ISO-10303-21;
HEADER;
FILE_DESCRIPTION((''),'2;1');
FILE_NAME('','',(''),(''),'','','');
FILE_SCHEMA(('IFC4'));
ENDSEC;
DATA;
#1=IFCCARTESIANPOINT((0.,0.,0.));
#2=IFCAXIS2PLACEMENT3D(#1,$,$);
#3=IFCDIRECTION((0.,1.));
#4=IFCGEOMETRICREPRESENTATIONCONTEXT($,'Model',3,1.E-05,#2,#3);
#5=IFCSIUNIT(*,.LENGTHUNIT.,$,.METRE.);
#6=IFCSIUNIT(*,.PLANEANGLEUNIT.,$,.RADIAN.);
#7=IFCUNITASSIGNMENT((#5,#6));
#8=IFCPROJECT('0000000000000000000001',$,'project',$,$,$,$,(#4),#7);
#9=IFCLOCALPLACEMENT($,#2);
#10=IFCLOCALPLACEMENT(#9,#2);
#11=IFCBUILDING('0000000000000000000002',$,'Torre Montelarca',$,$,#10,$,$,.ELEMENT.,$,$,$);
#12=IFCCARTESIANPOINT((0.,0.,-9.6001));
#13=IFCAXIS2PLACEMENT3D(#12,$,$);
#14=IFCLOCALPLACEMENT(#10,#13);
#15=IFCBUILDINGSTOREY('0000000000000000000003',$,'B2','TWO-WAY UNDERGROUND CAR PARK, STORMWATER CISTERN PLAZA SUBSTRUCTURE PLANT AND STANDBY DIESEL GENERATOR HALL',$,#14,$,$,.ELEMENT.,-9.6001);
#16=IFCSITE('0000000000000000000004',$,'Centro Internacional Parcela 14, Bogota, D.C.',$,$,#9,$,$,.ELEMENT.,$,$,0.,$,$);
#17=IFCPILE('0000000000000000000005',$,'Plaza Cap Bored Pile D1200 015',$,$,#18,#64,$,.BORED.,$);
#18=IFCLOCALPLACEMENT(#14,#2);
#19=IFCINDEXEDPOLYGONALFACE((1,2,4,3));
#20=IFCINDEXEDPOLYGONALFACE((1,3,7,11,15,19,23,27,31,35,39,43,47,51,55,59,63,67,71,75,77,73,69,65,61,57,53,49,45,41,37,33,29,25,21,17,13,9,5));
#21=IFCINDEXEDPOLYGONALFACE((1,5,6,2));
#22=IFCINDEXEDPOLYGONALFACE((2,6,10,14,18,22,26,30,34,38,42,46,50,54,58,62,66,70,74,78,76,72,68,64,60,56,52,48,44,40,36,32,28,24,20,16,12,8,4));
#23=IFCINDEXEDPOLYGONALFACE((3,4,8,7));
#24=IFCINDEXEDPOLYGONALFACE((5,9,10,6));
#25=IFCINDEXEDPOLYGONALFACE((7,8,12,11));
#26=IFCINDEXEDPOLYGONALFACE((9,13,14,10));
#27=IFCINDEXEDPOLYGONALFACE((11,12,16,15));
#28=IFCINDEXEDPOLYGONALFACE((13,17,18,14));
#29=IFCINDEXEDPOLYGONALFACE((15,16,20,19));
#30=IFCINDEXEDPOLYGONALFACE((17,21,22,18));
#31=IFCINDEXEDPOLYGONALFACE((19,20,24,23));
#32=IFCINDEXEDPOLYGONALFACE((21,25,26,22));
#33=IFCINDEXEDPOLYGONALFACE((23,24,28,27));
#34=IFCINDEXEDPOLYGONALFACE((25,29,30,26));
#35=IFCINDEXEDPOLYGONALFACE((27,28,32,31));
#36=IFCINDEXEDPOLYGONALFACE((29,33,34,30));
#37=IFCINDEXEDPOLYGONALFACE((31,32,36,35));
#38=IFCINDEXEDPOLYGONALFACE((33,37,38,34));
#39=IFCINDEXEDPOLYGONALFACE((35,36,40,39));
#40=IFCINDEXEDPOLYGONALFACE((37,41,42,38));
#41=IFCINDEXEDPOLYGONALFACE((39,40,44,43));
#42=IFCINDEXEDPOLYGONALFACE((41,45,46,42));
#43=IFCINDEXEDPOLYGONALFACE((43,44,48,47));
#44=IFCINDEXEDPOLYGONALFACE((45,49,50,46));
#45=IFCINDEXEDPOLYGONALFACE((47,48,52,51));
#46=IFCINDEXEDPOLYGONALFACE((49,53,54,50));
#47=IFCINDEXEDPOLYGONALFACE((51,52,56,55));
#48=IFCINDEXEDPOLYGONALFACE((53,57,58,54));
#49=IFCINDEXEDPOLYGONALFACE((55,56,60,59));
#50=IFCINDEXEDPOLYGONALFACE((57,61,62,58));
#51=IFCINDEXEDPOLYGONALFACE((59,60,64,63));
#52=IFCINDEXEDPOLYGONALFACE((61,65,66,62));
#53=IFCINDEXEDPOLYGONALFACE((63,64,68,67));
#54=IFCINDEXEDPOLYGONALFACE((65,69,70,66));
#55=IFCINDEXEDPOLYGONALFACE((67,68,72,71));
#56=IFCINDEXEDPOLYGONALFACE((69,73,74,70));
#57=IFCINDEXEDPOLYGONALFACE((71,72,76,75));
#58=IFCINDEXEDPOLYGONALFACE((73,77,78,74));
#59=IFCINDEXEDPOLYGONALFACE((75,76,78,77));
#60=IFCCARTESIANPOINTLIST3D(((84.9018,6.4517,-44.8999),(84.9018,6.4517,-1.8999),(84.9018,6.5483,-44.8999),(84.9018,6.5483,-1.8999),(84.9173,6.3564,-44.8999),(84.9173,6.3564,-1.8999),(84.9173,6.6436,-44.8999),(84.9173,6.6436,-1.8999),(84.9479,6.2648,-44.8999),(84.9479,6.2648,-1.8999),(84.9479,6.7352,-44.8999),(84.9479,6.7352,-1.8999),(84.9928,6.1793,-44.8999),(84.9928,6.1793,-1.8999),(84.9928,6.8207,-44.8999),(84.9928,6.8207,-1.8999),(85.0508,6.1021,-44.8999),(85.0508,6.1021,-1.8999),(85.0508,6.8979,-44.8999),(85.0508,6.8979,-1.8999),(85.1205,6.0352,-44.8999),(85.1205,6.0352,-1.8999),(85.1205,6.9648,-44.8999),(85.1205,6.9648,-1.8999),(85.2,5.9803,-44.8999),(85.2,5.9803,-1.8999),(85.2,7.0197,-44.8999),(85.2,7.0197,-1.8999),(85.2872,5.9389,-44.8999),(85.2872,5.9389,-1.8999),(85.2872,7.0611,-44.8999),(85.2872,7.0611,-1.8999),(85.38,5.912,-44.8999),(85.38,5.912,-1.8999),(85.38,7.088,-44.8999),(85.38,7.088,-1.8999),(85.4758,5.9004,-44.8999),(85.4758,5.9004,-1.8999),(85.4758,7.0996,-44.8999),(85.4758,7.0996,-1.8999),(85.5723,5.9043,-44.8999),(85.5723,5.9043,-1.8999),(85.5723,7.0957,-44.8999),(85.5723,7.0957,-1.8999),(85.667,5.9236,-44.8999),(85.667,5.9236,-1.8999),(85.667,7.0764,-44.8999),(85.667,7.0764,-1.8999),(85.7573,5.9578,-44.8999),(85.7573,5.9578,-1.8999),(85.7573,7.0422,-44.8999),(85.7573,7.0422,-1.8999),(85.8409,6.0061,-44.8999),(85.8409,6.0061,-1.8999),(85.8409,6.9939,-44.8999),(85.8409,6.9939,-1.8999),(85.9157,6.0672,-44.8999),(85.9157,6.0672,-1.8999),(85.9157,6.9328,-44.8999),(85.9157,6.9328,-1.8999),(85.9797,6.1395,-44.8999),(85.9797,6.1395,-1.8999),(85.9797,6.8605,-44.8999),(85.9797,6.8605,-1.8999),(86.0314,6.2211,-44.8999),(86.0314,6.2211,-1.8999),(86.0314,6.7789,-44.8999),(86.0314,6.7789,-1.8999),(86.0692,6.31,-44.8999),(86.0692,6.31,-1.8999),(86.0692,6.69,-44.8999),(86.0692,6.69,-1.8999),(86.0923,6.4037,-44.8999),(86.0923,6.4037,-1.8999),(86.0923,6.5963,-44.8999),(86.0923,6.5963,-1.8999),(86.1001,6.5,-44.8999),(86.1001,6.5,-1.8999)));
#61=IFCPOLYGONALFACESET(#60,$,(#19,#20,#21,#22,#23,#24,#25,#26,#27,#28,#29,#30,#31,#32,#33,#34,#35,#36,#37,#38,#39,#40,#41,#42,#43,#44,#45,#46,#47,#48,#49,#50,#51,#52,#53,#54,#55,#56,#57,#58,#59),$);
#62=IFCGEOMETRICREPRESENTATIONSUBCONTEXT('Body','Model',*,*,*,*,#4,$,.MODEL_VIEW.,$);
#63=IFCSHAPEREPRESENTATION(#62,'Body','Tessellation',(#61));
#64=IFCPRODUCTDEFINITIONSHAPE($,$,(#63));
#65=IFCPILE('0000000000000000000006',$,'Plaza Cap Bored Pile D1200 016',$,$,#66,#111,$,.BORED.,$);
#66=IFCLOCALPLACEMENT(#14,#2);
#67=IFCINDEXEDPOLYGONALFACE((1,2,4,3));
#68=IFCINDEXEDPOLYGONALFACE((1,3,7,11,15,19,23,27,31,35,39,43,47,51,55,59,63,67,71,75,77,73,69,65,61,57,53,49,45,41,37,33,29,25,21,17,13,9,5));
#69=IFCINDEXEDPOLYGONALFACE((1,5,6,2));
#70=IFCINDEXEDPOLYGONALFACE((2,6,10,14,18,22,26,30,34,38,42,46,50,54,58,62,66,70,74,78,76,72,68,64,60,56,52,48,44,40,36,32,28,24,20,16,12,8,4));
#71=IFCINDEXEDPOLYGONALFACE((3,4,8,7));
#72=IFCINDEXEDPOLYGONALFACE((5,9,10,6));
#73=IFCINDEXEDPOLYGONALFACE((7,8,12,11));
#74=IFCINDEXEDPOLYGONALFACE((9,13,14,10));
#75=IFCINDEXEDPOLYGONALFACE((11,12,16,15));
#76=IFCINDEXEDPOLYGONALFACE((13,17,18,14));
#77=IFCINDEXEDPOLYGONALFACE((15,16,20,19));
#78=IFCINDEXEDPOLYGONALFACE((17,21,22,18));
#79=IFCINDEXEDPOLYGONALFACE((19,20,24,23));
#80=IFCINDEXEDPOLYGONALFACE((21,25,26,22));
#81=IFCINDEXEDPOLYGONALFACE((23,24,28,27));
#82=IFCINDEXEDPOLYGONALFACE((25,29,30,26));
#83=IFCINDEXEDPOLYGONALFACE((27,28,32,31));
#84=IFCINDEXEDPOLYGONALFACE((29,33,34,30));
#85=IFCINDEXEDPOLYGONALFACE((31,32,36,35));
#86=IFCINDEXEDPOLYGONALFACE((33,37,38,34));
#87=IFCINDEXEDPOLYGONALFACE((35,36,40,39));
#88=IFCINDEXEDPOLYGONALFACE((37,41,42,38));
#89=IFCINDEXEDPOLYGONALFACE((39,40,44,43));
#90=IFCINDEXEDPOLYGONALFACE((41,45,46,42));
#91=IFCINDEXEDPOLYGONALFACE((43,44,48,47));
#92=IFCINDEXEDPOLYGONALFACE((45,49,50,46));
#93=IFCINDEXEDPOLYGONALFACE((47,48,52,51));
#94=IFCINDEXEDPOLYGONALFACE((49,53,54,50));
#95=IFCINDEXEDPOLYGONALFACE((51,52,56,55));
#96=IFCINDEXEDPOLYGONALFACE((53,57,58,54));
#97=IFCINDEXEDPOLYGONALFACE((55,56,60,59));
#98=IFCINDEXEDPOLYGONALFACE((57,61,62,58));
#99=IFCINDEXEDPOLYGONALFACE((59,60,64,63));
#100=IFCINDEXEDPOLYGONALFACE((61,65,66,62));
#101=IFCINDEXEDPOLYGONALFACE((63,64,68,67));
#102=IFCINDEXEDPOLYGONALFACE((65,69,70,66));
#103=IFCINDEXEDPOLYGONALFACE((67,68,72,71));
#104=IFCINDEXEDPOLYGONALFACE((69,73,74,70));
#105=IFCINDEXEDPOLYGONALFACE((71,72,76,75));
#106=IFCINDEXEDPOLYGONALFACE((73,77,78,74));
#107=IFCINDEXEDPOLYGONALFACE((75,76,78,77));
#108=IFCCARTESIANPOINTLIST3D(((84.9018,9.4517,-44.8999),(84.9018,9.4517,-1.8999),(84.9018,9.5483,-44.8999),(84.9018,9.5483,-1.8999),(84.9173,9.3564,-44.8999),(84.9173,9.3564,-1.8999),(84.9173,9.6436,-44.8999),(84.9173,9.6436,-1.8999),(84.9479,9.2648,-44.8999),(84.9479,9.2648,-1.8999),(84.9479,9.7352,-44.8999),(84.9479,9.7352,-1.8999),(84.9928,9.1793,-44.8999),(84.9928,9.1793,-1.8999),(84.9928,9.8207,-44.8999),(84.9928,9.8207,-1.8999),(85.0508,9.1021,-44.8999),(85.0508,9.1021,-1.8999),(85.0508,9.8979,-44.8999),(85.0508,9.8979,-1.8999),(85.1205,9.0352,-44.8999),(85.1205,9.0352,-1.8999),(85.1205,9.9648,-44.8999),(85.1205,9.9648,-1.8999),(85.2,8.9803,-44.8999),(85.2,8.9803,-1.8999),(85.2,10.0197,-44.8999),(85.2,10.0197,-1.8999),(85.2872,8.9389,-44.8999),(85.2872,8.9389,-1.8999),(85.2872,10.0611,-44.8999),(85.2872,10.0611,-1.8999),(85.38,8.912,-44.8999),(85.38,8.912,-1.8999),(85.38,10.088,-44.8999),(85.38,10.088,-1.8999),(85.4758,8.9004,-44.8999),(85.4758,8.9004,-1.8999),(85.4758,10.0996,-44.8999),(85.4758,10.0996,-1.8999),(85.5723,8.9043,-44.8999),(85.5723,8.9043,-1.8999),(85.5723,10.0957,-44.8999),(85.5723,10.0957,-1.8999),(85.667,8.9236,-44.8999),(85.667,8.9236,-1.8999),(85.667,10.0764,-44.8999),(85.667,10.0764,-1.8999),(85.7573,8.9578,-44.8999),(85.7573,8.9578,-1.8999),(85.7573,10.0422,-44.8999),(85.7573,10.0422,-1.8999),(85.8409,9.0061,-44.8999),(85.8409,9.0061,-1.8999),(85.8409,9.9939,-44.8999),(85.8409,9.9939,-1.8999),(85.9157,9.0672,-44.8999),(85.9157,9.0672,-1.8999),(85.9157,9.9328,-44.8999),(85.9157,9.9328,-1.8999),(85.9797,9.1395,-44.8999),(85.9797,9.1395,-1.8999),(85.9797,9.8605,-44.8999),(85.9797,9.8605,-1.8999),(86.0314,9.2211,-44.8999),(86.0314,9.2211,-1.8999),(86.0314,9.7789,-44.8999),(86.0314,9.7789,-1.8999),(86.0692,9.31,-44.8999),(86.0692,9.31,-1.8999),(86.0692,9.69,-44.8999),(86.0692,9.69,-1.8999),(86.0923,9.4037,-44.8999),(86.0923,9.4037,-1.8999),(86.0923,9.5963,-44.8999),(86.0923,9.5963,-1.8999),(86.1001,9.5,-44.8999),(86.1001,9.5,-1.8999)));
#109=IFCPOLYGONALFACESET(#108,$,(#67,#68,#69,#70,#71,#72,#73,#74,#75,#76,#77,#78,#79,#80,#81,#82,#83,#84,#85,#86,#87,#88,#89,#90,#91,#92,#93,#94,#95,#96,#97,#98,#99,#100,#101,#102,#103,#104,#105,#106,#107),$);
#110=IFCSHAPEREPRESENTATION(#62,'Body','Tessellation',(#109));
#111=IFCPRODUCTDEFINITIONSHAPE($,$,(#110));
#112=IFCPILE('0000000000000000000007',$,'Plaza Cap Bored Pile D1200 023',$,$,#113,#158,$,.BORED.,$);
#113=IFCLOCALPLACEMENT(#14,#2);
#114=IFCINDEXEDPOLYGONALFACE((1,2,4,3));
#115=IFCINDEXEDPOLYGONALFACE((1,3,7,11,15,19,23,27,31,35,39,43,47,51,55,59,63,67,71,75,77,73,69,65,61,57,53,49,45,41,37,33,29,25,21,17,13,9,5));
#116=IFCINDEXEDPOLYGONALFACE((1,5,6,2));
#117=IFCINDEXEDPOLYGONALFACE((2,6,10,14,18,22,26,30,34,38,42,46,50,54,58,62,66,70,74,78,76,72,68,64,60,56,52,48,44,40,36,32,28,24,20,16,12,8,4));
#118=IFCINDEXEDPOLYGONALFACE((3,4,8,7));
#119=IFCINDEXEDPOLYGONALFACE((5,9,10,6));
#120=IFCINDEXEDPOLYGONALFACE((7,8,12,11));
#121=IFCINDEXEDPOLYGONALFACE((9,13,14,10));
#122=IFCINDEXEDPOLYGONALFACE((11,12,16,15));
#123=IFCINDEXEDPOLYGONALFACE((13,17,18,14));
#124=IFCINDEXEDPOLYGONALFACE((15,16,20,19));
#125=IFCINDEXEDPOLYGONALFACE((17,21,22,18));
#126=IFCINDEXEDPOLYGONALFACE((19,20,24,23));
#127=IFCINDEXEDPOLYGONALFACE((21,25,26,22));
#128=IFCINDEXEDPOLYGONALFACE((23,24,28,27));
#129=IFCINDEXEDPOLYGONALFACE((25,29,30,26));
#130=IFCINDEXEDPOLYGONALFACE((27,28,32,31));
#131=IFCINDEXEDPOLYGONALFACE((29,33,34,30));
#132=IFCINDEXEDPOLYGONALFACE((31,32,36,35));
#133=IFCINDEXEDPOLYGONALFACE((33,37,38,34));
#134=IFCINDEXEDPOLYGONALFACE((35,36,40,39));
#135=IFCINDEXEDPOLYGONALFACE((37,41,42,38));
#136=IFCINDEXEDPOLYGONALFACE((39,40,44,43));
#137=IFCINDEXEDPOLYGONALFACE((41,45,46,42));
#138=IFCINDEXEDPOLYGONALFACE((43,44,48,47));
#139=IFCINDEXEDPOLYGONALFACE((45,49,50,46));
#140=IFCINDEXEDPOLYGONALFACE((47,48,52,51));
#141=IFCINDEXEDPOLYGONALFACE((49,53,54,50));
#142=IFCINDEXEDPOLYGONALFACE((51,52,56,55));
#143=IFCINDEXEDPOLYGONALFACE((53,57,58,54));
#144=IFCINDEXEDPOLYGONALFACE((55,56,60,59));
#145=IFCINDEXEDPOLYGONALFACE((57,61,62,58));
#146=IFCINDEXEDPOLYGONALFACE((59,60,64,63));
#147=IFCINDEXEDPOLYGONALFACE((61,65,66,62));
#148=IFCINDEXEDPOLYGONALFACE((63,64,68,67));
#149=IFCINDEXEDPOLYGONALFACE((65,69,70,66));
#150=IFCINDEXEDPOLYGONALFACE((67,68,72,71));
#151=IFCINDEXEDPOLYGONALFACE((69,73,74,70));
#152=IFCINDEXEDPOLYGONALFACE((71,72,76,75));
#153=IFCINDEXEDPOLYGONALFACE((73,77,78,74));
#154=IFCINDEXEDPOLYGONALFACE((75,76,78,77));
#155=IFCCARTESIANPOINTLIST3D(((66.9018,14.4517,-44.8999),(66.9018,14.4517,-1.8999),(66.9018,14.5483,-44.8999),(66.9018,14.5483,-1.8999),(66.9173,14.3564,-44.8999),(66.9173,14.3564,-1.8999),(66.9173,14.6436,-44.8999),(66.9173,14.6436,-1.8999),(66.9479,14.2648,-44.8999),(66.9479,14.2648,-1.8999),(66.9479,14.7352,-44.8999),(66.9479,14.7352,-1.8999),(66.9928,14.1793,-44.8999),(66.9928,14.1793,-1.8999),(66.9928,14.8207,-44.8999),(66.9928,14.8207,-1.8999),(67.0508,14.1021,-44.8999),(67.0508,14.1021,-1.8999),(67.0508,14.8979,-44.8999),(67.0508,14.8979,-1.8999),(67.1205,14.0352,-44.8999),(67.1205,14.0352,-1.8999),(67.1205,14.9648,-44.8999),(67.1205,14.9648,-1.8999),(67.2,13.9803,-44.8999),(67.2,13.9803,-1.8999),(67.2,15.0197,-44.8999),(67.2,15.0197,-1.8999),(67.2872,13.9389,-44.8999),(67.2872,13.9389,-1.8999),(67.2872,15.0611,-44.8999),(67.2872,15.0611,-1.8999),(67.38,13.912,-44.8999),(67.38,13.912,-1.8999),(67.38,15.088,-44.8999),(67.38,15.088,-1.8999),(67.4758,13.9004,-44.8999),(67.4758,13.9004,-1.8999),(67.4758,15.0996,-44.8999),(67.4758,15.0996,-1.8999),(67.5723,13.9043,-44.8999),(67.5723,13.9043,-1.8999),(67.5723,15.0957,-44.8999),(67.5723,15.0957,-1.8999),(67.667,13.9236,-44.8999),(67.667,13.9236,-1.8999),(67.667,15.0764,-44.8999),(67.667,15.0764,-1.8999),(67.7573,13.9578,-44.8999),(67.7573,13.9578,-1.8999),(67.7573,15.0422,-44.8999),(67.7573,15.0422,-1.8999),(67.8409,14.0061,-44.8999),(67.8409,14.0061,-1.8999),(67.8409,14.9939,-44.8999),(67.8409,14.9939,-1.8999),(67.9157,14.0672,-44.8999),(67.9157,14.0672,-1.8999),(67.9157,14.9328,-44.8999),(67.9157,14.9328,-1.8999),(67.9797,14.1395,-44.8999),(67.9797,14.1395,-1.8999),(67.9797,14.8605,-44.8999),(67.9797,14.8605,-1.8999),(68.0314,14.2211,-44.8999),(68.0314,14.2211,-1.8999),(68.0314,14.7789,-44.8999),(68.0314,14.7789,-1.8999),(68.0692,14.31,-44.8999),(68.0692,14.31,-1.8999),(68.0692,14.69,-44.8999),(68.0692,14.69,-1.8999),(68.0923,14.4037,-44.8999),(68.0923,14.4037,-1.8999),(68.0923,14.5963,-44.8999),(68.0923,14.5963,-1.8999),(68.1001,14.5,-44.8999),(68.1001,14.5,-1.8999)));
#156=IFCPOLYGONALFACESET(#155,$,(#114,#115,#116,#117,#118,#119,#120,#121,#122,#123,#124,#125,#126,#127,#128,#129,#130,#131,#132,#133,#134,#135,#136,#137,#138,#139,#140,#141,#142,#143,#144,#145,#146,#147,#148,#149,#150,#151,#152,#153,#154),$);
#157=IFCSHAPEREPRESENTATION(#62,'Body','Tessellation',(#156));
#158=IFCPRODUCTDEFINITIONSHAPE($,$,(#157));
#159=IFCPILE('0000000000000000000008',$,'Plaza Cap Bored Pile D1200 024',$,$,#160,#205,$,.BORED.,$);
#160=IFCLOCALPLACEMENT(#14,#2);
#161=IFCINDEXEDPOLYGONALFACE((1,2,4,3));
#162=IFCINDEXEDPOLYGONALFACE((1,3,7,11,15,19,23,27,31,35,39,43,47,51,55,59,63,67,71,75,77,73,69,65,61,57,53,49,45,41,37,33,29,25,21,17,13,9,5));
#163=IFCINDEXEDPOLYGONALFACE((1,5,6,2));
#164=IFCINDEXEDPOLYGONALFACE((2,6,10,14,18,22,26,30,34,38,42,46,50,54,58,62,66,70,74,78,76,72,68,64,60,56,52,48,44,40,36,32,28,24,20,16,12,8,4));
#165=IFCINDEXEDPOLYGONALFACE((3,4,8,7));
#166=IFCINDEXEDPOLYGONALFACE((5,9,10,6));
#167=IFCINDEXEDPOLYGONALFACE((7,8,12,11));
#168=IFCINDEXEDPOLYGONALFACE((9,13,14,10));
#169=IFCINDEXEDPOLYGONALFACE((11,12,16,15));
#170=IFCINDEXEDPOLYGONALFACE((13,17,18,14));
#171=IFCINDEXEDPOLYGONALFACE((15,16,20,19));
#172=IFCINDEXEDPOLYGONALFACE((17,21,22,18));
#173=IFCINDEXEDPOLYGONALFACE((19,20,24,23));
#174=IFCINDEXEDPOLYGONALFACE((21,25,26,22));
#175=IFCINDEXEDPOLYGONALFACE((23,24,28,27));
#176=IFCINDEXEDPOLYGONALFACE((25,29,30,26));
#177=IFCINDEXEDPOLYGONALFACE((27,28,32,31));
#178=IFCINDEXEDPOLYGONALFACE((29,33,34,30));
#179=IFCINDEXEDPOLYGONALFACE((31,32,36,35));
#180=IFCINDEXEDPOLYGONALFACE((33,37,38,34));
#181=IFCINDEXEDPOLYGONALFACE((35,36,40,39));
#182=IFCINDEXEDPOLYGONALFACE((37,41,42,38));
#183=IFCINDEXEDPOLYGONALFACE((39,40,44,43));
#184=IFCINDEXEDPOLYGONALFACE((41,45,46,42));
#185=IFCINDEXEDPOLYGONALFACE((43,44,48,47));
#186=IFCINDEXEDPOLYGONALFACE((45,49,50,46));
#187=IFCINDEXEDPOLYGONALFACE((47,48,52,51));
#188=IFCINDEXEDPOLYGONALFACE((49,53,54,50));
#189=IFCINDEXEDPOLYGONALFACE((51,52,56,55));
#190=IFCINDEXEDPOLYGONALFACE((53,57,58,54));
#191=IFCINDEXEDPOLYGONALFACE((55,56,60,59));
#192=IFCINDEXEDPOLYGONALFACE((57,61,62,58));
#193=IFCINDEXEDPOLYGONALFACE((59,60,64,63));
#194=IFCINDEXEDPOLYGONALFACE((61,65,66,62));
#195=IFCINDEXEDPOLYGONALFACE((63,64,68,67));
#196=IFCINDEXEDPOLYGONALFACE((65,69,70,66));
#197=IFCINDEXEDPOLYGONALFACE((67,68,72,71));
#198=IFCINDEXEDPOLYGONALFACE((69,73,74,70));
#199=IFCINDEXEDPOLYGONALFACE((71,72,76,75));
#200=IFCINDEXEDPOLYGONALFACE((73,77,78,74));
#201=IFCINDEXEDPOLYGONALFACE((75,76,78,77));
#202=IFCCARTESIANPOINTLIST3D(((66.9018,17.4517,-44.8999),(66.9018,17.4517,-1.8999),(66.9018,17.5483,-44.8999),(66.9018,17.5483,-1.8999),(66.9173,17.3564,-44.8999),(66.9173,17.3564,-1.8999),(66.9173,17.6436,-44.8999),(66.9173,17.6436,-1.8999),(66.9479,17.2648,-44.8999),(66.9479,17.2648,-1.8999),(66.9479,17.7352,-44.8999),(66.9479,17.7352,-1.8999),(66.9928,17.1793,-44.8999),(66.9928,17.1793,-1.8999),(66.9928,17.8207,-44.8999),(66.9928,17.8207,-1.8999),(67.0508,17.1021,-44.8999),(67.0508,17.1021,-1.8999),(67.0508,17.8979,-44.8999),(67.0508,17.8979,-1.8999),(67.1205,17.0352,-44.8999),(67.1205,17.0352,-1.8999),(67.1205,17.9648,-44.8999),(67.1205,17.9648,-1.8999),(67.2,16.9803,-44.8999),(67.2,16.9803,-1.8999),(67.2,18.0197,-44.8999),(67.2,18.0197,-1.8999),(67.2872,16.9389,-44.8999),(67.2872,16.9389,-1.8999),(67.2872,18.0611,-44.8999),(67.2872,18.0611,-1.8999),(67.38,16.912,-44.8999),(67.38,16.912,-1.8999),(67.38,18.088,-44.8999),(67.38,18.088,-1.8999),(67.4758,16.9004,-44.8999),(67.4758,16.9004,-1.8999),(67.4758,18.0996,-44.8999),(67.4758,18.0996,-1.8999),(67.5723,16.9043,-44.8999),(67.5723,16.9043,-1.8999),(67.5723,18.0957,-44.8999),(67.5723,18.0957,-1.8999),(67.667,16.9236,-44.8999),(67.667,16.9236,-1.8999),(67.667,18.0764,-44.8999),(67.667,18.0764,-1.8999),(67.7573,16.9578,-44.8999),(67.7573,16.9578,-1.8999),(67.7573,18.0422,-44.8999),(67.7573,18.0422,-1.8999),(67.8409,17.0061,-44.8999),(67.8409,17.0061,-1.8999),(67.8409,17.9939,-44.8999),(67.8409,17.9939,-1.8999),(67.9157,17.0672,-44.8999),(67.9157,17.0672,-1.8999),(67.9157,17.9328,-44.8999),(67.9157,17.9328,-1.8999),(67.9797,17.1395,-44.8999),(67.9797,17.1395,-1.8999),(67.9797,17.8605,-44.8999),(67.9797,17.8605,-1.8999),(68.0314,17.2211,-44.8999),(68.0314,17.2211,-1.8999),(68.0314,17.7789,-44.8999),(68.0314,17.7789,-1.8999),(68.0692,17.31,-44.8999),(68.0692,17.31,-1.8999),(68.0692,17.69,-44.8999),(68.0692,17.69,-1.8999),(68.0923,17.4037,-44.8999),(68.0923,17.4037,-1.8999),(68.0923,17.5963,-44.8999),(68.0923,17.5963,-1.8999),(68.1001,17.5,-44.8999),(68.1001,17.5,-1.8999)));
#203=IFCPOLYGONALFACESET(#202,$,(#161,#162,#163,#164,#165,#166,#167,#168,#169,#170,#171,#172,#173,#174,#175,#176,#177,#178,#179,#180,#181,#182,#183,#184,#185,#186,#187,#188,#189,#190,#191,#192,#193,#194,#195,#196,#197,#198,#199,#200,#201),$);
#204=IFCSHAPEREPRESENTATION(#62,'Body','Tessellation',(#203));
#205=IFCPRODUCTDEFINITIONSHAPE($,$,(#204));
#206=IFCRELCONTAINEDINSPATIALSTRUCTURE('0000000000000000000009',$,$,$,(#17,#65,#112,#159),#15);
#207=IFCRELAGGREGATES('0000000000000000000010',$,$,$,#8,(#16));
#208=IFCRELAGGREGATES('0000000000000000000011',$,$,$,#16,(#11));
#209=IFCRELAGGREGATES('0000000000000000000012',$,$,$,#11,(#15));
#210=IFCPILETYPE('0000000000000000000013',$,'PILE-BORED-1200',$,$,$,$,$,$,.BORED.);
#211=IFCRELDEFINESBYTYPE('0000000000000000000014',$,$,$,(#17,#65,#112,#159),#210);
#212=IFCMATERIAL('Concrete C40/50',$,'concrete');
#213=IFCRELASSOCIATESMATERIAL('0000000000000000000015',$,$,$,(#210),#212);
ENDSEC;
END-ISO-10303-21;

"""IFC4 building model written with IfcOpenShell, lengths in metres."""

from ifc_helpers import new_model, si_unit, direction, frame, origin, origin_2d, place, context, subcontext, project, spatial, circle, extrude, source, transform, mapped, material, material_profile, profile_set, type_object, element, save


model = new_model("IFC4")

# Units and contexts
model_context = context("Model", 3, precision=1e-05, world=origin(), true_north=direction((0.0, 1.0)))
body_context = subcontext(model_context, "Body", "Model", "MODEL_VIEW")
ifc_project = project(units=[si_unit("LENGTHUNIT", "METRE"), si_unit("PLANEANGLEUNIT", "RADIAN")], contexts=[model_context])

# Site, building, storey
site_placement = place(None, origin())
site = spatial("IfcSite", under=ifc_project, at=site_placement, Name="Centro Internacional Parcela 14, Bogota, D.C.", CompositionType="ELEMENT", RefElevation=0.0)
building_placement = place(site_placement, origin())
building = spatial("IfcBuilding", under=site, at=building_placement, Name="Torre Montelarca", CompositionType="ELEMENT")
storey_placement = place(building_placement, frame((0.0, 0.0, -9.6001)))
storey = spatial("IfcBuildingStorey", under=building, at=storey_placement, Name="B2", Description="TWO-WAY UNDERGROUND CAR PARK, STORMWATER CISTERN PLAZA SUBSTRUCTURE PLANT AND STANDBY DIESEL GENERATOR HALL", CompositionType="ELEMENT", Elevation=-9.6001)

# Piles
ifc_material_1 = material(Name="Concrete C40/50", Category="concrete")
ifc_material_profile_1 = material_profile(ifc_material_1, circle(Radius=0.6001, at=origin_2d()), Name="PILE-D1200", Category="concrete")
ifc_profile_set_1 = profile_set([ifc_material_profile_1], Name="Concrete C40/50")
pile_type = type_object("IfcPileType", Name="PILE-BORED-1200", PredefinedType="BORED", material=ifc_profile_set_1)
shared_shape_1 = source(origin(), body_context, "Body", "SweptSolid", [
    extrude(circle(Radius=0.6001, at=origin_2d()), origin(), (0.0, 0.0, 1.0), 43.0),
])
for number, where, z_axis, x_axis, name in (
    (1, (85.5, 6.5, -1.8999), (0.0, 0.0, -1.0), (1.0, 0.0, 0.0), "Plaza Cap Bored Pile D1200 015"),
    (2, (85.5, 9.5, -1.8999), (0.0, 0.0, -1.0), (1.0, 0.0, 0.0), "Plaza Cap Bored Pile D1200 016"),
    (3, (67.5, 14.5, -1.8999), (0.0, 0.0, -1.0), (1.0, 0.0, 0.0), "Plaza Cap Bored Pile D1200 023"),
    (4, (67.5, 17.5, -1.8999), (0.0, 0.0, -1.0), (1.0, 0.0, 0.0), "Plaza Cap Bored Pile D1200 024"),
):
    element("IfcPile", number, at=place(storey_placement, frame(where, z_axis=z_axis, x_axis=x_axis)), inside=storey, type_object=pile_type, Name=name, PredefinedType="BORED", context=body_context, shape_type="MappedRepresentation", body=[
        mapped(shared_shape_1, transform((0.0, 0.0, 0.0), scale=1.0)),
    ])

save(model, "model.ifc")
